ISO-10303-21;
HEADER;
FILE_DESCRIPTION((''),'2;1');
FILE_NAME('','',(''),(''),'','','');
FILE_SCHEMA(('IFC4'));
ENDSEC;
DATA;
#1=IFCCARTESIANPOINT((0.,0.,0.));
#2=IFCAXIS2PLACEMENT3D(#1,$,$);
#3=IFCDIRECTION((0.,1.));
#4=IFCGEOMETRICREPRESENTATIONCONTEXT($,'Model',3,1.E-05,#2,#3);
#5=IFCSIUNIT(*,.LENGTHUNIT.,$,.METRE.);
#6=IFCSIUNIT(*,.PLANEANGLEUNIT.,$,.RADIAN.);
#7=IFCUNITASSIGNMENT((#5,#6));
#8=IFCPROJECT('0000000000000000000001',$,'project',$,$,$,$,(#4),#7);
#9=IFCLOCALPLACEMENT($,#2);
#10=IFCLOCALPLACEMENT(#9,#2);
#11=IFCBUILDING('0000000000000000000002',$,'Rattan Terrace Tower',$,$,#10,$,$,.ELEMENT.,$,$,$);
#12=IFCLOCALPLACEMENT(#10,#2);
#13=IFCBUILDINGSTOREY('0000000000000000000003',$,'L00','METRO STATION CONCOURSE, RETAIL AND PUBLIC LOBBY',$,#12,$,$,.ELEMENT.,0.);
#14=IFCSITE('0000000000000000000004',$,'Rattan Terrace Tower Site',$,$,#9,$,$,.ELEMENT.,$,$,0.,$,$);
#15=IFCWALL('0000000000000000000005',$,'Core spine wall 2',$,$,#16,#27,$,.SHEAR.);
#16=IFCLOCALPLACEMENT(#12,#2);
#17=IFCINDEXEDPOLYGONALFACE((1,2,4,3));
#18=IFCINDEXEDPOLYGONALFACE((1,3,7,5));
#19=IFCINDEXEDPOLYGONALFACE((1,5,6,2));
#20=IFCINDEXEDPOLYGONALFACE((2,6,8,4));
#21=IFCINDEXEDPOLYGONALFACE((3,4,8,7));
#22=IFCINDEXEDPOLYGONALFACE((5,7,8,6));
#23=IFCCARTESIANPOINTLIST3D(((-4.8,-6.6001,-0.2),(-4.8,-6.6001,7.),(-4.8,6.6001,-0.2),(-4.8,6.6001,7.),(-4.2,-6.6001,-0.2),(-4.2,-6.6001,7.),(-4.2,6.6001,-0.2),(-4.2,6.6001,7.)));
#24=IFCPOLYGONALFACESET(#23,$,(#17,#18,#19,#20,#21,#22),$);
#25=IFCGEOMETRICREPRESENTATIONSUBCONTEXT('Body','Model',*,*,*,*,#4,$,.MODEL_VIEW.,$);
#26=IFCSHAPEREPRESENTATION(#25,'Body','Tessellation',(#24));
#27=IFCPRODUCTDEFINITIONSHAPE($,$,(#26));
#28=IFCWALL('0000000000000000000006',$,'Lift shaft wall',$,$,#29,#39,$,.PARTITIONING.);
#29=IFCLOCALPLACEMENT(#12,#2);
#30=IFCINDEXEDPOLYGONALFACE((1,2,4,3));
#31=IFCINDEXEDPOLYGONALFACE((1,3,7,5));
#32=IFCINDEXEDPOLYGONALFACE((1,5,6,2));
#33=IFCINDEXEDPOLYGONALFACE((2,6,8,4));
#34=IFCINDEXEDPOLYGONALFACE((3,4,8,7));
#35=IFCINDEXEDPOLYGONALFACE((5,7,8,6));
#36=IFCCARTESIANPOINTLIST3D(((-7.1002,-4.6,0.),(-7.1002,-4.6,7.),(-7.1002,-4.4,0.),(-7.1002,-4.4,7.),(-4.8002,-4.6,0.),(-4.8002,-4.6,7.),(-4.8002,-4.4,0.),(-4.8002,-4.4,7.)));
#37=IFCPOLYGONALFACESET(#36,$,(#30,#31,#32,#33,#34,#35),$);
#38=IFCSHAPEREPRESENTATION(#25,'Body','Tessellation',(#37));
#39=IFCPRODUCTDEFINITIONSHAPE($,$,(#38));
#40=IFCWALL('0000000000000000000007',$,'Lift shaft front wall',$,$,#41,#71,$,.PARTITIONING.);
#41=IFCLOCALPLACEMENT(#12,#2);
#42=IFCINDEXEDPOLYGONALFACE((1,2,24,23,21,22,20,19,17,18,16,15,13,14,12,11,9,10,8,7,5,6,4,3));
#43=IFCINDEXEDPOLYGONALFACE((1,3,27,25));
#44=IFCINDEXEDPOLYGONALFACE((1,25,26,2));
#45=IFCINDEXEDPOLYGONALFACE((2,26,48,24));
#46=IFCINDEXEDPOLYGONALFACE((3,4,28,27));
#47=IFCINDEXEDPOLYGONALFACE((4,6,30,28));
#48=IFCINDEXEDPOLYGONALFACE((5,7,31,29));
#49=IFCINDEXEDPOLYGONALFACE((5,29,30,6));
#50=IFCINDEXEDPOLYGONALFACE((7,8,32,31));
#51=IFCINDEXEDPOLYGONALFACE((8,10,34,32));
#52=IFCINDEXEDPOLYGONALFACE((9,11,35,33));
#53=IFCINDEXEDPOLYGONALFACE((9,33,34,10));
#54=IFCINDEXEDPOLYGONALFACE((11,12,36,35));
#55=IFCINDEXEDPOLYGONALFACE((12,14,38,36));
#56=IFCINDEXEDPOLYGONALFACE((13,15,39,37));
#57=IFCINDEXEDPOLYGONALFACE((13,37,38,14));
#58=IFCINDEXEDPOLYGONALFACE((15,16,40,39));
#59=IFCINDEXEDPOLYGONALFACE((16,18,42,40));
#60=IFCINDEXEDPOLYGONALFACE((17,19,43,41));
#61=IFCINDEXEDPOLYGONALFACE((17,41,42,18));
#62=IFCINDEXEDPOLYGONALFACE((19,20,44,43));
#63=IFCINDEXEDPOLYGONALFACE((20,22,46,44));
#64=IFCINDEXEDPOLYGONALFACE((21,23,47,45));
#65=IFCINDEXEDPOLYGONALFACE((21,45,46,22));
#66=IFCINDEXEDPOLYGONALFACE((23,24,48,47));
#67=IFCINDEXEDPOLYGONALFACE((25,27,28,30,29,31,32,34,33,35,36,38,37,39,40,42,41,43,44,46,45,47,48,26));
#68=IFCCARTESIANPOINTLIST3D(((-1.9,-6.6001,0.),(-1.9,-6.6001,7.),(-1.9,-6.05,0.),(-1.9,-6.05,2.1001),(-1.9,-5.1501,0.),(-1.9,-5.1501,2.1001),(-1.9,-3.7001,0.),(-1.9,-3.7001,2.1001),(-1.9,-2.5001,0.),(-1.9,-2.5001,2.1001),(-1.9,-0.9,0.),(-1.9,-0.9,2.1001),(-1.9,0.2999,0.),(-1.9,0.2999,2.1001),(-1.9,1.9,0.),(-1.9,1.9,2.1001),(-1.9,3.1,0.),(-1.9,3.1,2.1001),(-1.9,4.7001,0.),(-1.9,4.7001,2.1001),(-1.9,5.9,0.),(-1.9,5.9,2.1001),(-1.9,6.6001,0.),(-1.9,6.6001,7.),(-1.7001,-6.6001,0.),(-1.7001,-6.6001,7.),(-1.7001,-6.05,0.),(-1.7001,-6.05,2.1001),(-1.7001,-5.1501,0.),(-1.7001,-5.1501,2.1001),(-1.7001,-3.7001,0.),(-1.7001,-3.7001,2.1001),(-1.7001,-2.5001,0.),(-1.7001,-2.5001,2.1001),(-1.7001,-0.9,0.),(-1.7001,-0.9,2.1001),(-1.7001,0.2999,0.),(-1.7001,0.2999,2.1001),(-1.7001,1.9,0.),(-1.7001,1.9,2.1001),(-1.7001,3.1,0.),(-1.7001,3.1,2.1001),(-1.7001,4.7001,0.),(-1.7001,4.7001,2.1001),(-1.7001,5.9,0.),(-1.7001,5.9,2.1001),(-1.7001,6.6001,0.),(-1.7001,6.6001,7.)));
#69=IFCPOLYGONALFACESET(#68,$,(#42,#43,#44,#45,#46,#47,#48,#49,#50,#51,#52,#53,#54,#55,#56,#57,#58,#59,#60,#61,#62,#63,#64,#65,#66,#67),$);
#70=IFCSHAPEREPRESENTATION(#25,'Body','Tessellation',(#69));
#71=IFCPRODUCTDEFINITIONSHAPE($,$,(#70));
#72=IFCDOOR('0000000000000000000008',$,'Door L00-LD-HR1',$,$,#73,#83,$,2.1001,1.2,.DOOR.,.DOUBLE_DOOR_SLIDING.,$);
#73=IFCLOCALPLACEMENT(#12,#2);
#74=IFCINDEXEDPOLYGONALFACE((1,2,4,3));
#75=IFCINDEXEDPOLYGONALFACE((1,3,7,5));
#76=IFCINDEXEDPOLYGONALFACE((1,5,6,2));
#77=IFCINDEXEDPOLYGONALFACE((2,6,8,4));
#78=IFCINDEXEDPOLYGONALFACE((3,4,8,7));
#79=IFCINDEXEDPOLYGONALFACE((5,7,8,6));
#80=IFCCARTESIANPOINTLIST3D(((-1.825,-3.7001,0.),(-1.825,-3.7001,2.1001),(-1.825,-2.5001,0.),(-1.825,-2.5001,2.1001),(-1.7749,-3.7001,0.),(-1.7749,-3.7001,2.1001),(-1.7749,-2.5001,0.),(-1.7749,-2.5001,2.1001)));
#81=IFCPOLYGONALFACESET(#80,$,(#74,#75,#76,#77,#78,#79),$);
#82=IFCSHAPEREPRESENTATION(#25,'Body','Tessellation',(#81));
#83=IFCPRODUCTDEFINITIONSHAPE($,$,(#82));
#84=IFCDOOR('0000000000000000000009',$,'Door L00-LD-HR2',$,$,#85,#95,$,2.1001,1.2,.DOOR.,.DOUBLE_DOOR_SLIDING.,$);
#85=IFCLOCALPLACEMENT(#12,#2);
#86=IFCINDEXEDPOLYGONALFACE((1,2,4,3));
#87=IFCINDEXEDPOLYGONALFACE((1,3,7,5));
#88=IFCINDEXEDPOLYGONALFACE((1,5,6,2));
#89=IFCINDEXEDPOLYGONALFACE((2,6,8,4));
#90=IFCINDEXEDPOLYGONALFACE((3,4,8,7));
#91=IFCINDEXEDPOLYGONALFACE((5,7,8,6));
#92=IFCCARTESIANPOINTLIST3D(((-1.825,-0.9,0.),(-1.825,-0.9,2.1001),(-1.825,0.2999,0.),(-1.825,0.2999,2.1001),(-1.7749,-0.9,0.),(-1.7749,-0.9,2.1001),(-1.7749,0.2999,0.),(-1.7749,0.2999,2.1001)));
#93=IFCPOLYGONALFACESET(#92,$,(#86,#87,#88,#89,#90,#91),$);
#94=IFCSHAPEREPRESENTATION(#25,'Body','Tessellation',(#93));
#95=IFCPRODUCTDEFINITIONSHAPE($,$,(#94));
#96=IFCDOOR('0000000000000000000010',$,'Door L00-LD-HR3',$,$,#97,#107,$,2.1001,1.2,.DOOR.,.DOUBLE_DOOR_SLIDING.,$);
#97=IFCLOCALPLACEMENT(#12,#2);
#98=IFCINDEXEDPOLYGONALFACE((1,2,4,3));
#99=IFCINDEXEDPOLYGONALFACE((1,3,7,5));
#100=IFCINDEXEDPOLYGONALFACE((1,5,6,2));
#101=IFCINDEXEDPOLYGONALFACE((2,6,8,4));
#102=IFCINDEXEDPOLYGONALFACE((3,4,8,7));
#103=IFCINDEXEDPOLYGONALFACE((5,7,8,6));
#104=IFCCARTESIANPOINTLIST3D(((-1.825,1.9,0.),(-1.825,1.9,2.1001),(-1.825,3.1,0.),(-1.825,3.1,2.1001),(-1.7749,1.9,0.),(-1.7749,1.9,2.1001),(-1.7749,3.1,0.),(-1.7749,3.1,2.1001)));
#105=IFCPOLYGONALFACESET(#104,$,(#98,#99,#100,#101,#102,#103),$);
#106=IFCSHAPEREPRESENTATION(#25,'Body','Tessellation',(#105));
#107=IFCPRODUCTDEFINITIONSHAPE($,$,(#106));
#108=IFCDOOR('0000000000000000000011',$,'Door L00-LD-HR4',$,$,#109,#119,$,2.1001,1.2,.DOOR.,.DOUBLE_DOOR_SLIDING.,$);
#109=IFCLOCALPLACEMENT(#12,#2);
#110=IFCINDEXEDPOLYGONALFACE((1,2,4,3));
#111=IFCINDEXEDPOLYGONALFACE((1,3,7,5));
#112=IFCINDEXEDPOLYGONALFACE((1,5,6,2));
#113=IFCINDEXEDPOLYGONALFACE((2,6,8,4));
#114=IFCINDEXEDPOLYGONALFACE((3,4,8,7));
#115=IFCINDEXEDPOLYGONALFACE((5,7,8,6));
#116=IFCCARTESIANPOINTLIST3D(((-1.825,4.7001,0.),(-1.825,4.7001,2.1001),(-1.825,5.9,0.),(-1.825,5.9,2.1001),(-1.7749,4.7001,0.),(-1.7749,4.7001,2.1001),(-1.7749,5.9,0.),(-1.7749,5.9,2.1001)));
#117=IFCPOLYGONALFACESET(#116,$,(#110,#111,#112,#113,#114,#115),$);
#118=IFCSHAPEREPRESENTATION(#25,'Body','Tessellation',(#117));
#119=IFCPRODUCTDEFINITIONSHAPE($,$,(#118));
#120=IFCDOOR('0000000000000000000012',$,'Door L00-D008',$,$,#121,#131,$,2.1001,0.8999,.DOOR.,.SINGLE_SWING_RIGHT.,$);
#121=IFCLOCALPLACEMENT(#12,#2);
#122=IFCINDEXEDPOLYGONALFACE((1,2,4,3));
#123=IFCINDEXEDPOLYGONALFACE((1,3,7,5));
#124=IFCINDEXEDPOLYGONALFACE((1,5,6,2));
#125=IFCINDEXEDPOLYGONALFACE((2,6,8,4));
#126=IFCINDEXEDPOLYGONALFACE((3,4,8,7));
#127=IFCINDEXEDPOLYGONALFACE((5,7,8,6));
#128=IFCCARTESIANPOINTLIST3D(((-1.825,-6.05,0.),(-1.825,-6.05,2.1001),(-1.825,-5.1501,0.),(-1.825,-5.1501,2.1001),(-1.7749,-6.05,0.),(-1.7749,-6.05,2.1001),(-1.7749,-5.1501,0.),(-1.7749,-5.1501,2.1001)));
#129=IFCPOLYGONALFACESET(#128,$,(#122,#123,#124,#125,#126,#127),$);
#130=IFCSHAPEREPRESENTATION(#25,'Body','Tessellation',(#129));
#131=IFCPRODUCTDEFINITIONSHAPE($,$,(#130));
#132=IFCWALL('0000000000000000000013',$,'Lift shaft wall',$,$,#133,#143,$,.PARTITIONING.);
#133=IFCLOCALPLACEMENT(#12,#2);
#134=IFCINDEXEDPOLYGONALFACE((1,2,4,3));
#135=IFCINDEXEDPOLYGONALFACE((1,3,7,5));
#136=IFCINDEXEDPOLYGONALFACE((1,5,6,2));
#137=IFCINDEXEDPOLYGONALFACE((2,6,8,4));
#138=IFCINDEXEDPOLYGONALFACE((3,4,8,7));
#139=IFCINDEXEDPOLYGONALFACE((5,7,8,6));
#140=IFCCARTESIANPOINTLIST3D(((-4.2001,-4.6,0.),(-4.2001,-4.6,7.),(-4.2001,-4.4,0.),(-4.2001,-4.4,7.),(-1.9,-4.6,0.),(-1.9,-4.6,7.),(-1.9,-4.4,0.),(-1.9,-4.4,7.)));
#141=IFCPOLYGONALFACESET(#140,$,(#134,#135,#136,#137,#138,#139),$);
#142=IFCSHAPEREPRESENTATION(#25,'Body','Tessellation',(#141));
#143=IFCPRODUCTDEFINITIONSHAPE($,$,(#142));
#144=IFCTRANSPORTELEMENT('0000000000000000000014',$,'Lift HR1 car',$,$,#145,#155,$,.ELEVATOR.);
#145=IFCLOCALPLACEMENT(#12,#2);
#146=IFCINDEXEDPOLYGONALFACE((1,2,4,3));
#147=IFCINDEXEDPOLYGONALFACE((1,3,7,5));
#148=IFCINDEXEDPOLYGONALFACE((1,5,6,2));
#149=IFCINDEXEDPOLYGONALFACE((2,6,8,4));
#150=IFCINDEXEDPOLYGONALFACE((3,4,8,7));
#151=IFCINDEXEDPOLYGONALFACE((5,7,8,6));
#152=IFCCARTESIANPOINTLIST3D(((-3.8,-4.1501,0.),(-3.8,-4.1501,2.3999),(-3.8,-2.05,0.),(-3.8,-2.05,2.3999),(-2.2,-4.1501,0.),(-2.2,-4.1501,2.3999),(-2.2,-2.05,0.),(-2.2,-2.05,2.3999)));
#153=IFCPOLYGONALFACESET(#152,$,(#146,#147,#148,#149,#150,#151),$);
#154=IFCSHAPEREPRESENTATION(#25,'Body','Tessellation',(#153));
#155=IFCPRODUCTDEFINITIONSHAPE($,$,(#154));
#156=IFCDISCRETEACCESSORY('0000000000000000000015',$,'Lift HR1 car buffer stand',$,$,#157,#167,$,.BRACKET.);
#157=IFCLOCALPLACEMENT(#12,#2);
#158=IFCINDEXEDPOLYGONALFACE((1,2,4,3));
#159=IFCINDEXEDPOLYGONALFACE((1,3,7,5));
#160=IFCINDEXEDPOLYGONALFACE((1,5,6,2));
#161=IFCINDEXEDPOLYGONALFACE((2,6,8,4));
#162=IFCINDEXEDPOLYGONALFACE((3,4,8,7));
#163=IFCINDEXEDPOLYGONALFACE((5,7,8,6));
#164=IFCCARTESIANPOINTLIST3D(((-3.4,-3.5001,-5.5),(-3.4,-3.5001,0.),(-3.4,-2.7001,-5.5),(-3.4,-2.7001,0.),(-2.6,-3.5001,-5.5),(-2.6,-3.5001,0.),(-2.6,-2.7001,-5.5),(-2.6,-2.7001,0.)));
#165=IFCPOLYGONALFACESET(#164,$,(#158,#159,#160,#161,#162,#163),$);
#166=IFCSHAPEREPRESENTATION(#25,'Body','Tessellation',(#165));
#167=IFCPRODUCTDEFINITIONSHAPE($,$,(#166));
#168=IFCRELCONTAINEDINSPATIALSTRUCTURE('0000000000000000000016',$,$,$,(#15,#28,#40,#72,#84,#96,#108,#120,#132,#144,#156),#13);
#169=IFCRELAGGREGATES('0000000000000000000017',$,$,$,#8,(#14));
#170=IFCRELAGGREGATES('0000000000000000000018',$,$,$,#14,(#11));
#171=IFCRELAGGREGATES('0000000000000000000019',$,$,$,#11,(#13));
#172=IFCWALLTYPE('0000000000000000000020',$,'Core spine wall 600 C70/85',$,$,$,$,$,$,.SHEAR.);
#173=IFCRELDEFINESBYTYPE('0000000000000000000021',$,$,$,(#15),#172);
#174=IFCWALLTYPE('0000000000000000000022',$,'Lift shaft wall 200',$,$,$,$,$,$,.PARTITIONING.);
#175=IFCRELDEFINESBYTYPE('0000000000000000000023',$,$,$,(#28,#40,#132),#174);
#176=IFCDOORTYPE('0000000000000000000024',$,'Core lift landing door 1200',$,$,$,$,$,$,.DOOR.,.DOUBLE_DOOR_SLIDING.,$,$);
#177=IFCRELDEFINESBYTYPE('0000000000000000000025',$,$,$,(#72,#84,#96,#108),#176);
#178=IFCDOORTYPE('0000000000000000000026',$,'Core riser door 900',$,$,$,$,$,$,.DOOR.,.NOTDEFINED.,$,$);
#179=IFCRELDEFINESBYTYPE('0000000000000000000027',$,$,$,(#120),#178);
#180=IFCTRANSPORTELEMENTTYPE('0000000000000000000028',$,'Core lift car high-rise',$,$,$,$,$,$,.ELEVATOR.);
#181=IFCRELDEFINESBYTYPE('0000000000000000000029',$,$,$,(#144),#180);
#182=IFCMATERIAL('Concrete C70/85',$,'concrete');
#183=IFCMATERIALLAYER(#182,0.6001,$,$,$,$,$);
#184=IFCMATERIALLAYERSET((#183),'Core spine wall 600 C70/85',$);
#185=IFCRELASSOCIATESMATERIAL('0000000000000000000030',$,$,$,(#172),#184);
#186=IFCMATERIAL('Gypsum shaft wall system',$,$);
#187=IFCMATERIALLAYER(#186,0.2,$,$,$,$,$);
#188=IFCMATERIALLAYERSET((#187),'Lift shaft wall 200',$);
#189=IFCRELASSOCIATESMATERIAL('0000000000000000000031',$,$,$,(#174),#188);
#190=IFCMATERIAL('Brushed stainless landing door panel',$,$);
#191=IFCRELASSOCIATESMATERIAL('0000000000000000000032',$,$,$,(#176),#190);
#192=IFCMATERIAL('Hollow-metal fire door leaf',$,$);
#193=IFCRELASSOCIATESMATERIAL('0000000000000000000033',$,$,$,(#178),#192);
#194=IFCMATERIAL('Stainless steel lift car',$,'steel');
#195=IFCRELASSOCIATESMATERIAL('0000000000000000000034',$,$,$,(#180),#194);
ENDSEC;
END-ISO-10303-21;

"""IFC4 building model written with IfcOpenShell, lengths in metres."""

from ifc_helpers import new_model, si_unit, direction, frame, frame_2d, origin, origin_2d, place, context, subcontext, project, spatial, rectangle, extrude, material, layer, layer_set, type_object, element, fill, save


model = new_model("IFC4")

# Units and contexts
model_context = context("Model", 3, precision=1e-05, world=origin(), true_north=direction((0.0, 1.0)))
body_context = subcontext(model_context, "Body", "Model", "MODEL_VIEW")
ifc_project = project(units=[si_unit("LENGTHUNIT", "METRE"), si_unit("PLANEANGLEUNIT", "RADIAN")], contexts=[model_context])

# Site, building, storey
site_placement = place(None, origin())
site = spatial("IfcSite", under=ifc_project, at=site_placement, Name="Rattan Terrace Tower Site", CompositionType="ELEMENT", RefElevation=0.0)
building_placement = place(site_placement, origin())
building = spatial("IfcBuilding", under=site, at=building_placement, Name="Rattan Terrace Tower", CompositionType="ELEMENT")
storey_placement = place(building_placement, origin())
storey = spatial("IfcBuildingStorey", under=building, at=storey_placement, Name="L00", Description="METRO STATION CONCOURSE, RETAIL AND PUBLIC LOBBY", CompositionType="ELEMENT", Elevation=0.0)

# Walls
ifc_material_1 = material(Name="Concrete C70/85", Category="concrete")
ifc_layer_1 = layer(ifc_material_1, 0.6001)
ifc_layer_set_1 = layer_set([ifc_layer_1], Name="Core spine wall 600 C70/85")
wall_type_1 = type_object("IfcWallType", Name="Core spine wall 600 C70/85", PredefinedType="SHEAR", material=ifc_layer_set_1)
wall_1_placement = place(storey_placement, frame((-4.5, -6.6001, -0.2), z_axis=(0.0, 0.0, 1.0), x_axis=(0.0, 1.0, 0.0)))
element("IfcWall", 1, at=wall_1_placement, inside=storey, type_object=wall_type_1, Name="Core spine wall 2", PredefinedType="SHEAR", context=body_context, shape_type="SweptSolid", body=[
    extrude(rectangle(XDim=13.2002, YDim=0.6001, at=frame_2d((6.6001, 0.0))), origin(), (0.0, 0.0, 1.0), 7.2),
])
ifc_material_2 = material(Name="Gypsum shaft wall system")
ifc_layer_2 = layer(ifc_material_2, 0.2)
ifc_layer_set_2 = layer_set([ifc_layer_2], Name="Lift shaft wall 200")
wall_type_2 = type_object("IfcWallType", Name="Lift shaft wall 200", PredefinedType="PARTITIONING", material=ifc_layer_set_2)
wall_2_placement = place(storey_placement, frame((-7.1001, -4.5, 0.0), z_axis=(0.0, 0.0, 1.0), x_axis=(1.0, 0.0, 0.0)))
element("IfcWall", 2, at=wall_2_placement, inside=storey, type_object=wall_type_2, Name="Lift shaft wall", PredefinedType="PARTITIONING", context=body_context, shape_type="SweptSolid", body=[
    extrude(rectangle(XDim=2.3, YDim=0.2, at=frame_2d((1.1499, 0.0))), origin(), (0.0, 0.0, 1.0), 7.0),
])

# Wall, openings, doors
wall_3_placement = place(storey_placement, frame((-1.8, -6.6001, 0.0), z_axis=(0.0, 0.0, 1.0), x_axis=(0.0, 1.0, 0.0)))
wall_3 = element("IfcWall", 3, at=wall_3_placement, inside=storey, type_object=wall_type_2, Name="Lift shaft front wall", PredefinedType="PARTITIONING", context=body_context, shape_type="SweptSolid", body=[
    extrude(rectangle(XDim=13.2002, YDim=0.2, at=frame_2d((6.6001, 0.0))), origin(), (0.0, 0.0, 1.0), 7.0),
])
opening_1_placement = place(wall_3_placement, frame((0.55, 0.0, 0.0)))
opening_1 = element("IfcOpeningElement", 4, at=opening_1_placement, cuts=wall_3, PredefinedType="OPENING", context=body_context, shape_type="SweptSolid", body=[
    extrude(rectangle(XDim=0.8999, YDim=2.1001, at=frame_2d((0.45, 1.05))), frame((0.0, 0.1106, 0.0), z_axis=(0.0, -1.0, 0.0), x_axis=(1.0, 0.0, 0.0)), (0.0, 0.0, 1.0), 0.2209),
])
opening_2_placement = place(wall_3_placement, frame((2.8999, 0.0, 0.0)))
opening_2 = element("IfcOpeningElement", 5, at=opening_2_placement, cuts=wall_3, PredefinedType="OPENING", context=body_context, shape_type="SweptSolid", body=[
    extrude(rectangle(XDim=1.2, YDim=2.1001, at=frame_2d((0.6001, 1.05))), frame((0.0, 0.1106, 0.0), z_axis=(0.0, -1.0, 0.0), x_axis=(1.0, 0.0, 0.0)), (0.0, 0.0, 1.0), 0.2209),
])
opening_3_placement = place(wall_3_placement, frame((5.7, 0.0, 0.0)))
opening_3 = element("IfcOpeningElement", 6, at=opening_3_placement, cuts=wall_3, PredefinedType="OPENING", context=body_context, shape_type="SweptSolid", body=[
    extrude(rectangle(XDim=1.2, YDim=2.1001, at=frame_2d((0.6001, 1.05))), frame((0.0, 0.1106, 0.0), z_axis=(0.0, -1.0, 0.0), x_axis=(1.0, 0.0, 0.0)), (0.0, 0.0, 1.0), 0.2209),
])
opening_4_placement = place(wall_3_placement, frame((8.5, 0.0, 0.0)))
opening_4 = element("IfcOpeningElement", 7, at=opening_4_placement, cuts=wall_3, PredefinedType="OPENING", context=body_context, shape_type="SweptSolid", body=[
    extrude(rectangle(XDim=1.2, YDim=2.1001, at=frame_2d((0.6001, 1.05))), frame((0.0, 0.1106, 0.0), z_axis=(0.0, -1.0, 0.0), x_axis=(1.0, 0.0, 0.0)), (0.0, 0.0, 1.0), 0.2209),
])
opening_5_placement = place(wall_3_placement, frame((11.3, 0.0, 0.0)))
opening_5 = element("IfcOpeningElement", 8, at=opening_5_placement, cuts=wall_3, PredefinedType="OPENING", context=body_context, shape_type="SweptSolid", body=[
    extrude(rectangle(XDim=1.2, YDim=2.1001, at=frame_2d((0.6001, 1.05))), frame((0.0, 0.1106, 0.0), z_axis=(0.0, -1.0, 0.0), x_axis=(1.0, 0.0, 0.0)), (0.0, 0.0, 1.0), 0.2209),
])
ifc_material_3 = material(Name="Brushed stainless landing door panel")
door_type_1 = type_object("IfcDoorType", Name="Core lift landing door 1200", OperationType="DOUBLE_DOOR_SLIDING", PredefinedType="DOOR", material=ifc_material_3)
door_1_placement = place(opening_2_placement, origin())
door_1 = element("IfcDoor", 9, at=door_1_placement, inside=storey, type_object=door_type_1, Name="Door L00-LD-HR1", OperationType="DOUBLE_DOOR_SLIDING", OverallHeight=2.1001, OverallWidth=1.2, PredefinedType="DOOR", context=body_context, shape_type="SweptSolid", body=[
    extrude(rectangle(XDim=1.2, YDim=2.1001, at=frame_2d((0.6001, 1.05))), frame((0.0, 0.0249, 0.0), z_axis=(0.0, -1.0, 0.0), x_axis=(1.0, 0.0, 0.0)), (0.0, 0.0, 1.0), 0.05),
])
fill(opening_2, door_1)
door_2_placement = place(opening_3_placement, origin())
door_2 = element("IfcDoor", 10, at=door_2_placement, inside=storey, type_object=door_type_1, Name="Door L00-LD-HR2", OperationType="DOUBLE_DOOR_SLIDING", OverallHeight=2.1001, OverallWidth=1.2, PredefinedType="DOOR", context=body_context, shape_type="SweptSolid", body=[
    extrude(rectangle(XDim=1.2, YDim=2.1001, at=frame_2d((0.6001, 1.05))), frame((0.0, 0.0249, 0.0), z_axis=(0.0, -1.0, 0.0), x_axis=(1.0, 0.0, 0.0)), (0.0, 0.0, 1.0), 0.05),
])
fill(opening_3, door_2)
door_3_placement = place(opening_4_placement, origin())
door_3 = element("IfcDoor", 11, at=door_3_placement, inside=storey, type_object=door_type_1, Name="Door L00-LD-HR3", OperationType="DOUBLE_DOOR_SLIDING", OverallHeight=2.1001, OverallWidth=1.2, PredefinedType="DOOR", context=body_context, shape_type="SweptSolid", body=[
    extrude(rectangle(XDim=1.2, YDim=2.1001, at=frame_2d((0.6001, 1.05))), frame((0.0, 0.0249, 0.0), z_axis=(0.0, -1.0, 0.0), x_axis=(1.0, 0.0, 0.0)), (0.0, 0.0, 1.0), 0.05),
])
fill(opening_4, door_3)
door_4_placement = place(opening_5_placement, origin())
door_4 = element("IfcDoor", 12, at=door_4_placement, inside=storey, type_object=door_type_1, Name="Door L00-LD-HR4", OperationType="DOUBLE_DOOR_SLIDING", OverallHeight=2.1001, OverallWidth=1.2, PredefinedType="DOOR", context=body_context, shape_type="SweptSolid", body=[
    extrude(rectangle(XDim=1.2, YDim=2.1001, at=frame_2d((0.6001, 1.05))), frame((0.0, 0.0249, 0.0), z_axis=(0.0, -1.0, 0.0), x_axis=(1.0, 0.0, 0.0)), (0.0, 0.0, 1.0), 0.05),
])
fill(opening_5, door_4)
ifc_material_4 = material(Name="Hollow-metal fire door leaf")
door_type_2 = type_object("IfcDoorType", Name="Core riser door 900", OperationType="NOTDEFINED", PredefinedType="DOOR", material=ifc_material_4)
door_5_placement = place(opening_1_placement, origin())
door_5 = element("IfcDoor", 13, at=door_5_placement, inside=storey, type_object=door_type_2, Name="Door L00-D008", OperationType="SINGLE_SWING_RIGHT", OverallHeight=2.1001, OverallWidth=0.8999, PredefinedType="DOOR", context=body_context, shape_type="SweptSolid", body=[
    extrude(rectangle(XDim=0.8999, YDim=2.1001, at=frame_2d((0.45, 1.05))), frame((0.0, 0.0249, 0.0), z_axis=(0.0, -1.0, 0.0), x_axis=(1.0, 0.0, 0.0)), (0.0, 0.0, 1.0), 0.05),
])
fill(opening_1, door_5)

# Wall
wall_4_placement = place(storey_placement, frame((-4.2, -4.5, 0.0), z_axis=(0.0, 0.0, 1.0), x_axis=(1.0, 0.0, 0.0)))
element("IfcWall", 14, at=wall_4_placement, inside=storey, type_object=wall_type_2, Name="Lift shaft wall", PredefinedType="PARTITIONING", context=body_context, shape_type="SweptSolid", body=[
    extrude(rectangle(XDim=2.3, YDim=0.2, at=frame_2d((1.1499, 0.0))), origin(), (0.0, 0.0, 1.0), 7.0),
])

# Transport element
ifc_material_5 = material(Name="Stainless steel lift car", Category="steel")
transport_element_type = type_object("IfcTransportElementType", Name="Core lift car high-rise", PredefinedType="ELEVATOR", material=ifc_material_5)
transport_element_placement = place(storey_placement, frame((-3.0, -3.1001, 0.0), z_axis=(0.0, 0.0, 1.0), x_axis=(1.0, 0.0, 0.0)))
element("IfcTransportElement", 15, at=transport_element_placement, inside=storey, type_object=transport_element_type, Name="Lift HR1 car", PredefinedType="ELEVATOR", context=body_context, shape_type="SweptSolid", body=[
    extrude(rectangle(XDim=1.6001, YDim=2.1001, at=origin_2d()), origin(), (0.0, 0.0, 1.0), 2.3999),
])

# Discrete accessory
discrete_accessory_placement = place(storey_placement, frame((-3.0, -3.1001, -5.5), z_axis=(0.0, 0.0, 1.0), x_axis=(1.0, 0.0, 0.0)))
element("IfcDiscreteAccessory", 16, at=discrete_accessory_placement, inside=storey, Name="Lift HR1 car buffer stand", PredefinedType="BRACKET", context=body_context, shape_type="SweptSolid", body=[
    extrude(rectangle(XDim=0.8, YDim=0.8, at=origin_2d()), origin(), (0.0, 0.0, 1.0), 5.5),
])

save(model, "model.ifc")
